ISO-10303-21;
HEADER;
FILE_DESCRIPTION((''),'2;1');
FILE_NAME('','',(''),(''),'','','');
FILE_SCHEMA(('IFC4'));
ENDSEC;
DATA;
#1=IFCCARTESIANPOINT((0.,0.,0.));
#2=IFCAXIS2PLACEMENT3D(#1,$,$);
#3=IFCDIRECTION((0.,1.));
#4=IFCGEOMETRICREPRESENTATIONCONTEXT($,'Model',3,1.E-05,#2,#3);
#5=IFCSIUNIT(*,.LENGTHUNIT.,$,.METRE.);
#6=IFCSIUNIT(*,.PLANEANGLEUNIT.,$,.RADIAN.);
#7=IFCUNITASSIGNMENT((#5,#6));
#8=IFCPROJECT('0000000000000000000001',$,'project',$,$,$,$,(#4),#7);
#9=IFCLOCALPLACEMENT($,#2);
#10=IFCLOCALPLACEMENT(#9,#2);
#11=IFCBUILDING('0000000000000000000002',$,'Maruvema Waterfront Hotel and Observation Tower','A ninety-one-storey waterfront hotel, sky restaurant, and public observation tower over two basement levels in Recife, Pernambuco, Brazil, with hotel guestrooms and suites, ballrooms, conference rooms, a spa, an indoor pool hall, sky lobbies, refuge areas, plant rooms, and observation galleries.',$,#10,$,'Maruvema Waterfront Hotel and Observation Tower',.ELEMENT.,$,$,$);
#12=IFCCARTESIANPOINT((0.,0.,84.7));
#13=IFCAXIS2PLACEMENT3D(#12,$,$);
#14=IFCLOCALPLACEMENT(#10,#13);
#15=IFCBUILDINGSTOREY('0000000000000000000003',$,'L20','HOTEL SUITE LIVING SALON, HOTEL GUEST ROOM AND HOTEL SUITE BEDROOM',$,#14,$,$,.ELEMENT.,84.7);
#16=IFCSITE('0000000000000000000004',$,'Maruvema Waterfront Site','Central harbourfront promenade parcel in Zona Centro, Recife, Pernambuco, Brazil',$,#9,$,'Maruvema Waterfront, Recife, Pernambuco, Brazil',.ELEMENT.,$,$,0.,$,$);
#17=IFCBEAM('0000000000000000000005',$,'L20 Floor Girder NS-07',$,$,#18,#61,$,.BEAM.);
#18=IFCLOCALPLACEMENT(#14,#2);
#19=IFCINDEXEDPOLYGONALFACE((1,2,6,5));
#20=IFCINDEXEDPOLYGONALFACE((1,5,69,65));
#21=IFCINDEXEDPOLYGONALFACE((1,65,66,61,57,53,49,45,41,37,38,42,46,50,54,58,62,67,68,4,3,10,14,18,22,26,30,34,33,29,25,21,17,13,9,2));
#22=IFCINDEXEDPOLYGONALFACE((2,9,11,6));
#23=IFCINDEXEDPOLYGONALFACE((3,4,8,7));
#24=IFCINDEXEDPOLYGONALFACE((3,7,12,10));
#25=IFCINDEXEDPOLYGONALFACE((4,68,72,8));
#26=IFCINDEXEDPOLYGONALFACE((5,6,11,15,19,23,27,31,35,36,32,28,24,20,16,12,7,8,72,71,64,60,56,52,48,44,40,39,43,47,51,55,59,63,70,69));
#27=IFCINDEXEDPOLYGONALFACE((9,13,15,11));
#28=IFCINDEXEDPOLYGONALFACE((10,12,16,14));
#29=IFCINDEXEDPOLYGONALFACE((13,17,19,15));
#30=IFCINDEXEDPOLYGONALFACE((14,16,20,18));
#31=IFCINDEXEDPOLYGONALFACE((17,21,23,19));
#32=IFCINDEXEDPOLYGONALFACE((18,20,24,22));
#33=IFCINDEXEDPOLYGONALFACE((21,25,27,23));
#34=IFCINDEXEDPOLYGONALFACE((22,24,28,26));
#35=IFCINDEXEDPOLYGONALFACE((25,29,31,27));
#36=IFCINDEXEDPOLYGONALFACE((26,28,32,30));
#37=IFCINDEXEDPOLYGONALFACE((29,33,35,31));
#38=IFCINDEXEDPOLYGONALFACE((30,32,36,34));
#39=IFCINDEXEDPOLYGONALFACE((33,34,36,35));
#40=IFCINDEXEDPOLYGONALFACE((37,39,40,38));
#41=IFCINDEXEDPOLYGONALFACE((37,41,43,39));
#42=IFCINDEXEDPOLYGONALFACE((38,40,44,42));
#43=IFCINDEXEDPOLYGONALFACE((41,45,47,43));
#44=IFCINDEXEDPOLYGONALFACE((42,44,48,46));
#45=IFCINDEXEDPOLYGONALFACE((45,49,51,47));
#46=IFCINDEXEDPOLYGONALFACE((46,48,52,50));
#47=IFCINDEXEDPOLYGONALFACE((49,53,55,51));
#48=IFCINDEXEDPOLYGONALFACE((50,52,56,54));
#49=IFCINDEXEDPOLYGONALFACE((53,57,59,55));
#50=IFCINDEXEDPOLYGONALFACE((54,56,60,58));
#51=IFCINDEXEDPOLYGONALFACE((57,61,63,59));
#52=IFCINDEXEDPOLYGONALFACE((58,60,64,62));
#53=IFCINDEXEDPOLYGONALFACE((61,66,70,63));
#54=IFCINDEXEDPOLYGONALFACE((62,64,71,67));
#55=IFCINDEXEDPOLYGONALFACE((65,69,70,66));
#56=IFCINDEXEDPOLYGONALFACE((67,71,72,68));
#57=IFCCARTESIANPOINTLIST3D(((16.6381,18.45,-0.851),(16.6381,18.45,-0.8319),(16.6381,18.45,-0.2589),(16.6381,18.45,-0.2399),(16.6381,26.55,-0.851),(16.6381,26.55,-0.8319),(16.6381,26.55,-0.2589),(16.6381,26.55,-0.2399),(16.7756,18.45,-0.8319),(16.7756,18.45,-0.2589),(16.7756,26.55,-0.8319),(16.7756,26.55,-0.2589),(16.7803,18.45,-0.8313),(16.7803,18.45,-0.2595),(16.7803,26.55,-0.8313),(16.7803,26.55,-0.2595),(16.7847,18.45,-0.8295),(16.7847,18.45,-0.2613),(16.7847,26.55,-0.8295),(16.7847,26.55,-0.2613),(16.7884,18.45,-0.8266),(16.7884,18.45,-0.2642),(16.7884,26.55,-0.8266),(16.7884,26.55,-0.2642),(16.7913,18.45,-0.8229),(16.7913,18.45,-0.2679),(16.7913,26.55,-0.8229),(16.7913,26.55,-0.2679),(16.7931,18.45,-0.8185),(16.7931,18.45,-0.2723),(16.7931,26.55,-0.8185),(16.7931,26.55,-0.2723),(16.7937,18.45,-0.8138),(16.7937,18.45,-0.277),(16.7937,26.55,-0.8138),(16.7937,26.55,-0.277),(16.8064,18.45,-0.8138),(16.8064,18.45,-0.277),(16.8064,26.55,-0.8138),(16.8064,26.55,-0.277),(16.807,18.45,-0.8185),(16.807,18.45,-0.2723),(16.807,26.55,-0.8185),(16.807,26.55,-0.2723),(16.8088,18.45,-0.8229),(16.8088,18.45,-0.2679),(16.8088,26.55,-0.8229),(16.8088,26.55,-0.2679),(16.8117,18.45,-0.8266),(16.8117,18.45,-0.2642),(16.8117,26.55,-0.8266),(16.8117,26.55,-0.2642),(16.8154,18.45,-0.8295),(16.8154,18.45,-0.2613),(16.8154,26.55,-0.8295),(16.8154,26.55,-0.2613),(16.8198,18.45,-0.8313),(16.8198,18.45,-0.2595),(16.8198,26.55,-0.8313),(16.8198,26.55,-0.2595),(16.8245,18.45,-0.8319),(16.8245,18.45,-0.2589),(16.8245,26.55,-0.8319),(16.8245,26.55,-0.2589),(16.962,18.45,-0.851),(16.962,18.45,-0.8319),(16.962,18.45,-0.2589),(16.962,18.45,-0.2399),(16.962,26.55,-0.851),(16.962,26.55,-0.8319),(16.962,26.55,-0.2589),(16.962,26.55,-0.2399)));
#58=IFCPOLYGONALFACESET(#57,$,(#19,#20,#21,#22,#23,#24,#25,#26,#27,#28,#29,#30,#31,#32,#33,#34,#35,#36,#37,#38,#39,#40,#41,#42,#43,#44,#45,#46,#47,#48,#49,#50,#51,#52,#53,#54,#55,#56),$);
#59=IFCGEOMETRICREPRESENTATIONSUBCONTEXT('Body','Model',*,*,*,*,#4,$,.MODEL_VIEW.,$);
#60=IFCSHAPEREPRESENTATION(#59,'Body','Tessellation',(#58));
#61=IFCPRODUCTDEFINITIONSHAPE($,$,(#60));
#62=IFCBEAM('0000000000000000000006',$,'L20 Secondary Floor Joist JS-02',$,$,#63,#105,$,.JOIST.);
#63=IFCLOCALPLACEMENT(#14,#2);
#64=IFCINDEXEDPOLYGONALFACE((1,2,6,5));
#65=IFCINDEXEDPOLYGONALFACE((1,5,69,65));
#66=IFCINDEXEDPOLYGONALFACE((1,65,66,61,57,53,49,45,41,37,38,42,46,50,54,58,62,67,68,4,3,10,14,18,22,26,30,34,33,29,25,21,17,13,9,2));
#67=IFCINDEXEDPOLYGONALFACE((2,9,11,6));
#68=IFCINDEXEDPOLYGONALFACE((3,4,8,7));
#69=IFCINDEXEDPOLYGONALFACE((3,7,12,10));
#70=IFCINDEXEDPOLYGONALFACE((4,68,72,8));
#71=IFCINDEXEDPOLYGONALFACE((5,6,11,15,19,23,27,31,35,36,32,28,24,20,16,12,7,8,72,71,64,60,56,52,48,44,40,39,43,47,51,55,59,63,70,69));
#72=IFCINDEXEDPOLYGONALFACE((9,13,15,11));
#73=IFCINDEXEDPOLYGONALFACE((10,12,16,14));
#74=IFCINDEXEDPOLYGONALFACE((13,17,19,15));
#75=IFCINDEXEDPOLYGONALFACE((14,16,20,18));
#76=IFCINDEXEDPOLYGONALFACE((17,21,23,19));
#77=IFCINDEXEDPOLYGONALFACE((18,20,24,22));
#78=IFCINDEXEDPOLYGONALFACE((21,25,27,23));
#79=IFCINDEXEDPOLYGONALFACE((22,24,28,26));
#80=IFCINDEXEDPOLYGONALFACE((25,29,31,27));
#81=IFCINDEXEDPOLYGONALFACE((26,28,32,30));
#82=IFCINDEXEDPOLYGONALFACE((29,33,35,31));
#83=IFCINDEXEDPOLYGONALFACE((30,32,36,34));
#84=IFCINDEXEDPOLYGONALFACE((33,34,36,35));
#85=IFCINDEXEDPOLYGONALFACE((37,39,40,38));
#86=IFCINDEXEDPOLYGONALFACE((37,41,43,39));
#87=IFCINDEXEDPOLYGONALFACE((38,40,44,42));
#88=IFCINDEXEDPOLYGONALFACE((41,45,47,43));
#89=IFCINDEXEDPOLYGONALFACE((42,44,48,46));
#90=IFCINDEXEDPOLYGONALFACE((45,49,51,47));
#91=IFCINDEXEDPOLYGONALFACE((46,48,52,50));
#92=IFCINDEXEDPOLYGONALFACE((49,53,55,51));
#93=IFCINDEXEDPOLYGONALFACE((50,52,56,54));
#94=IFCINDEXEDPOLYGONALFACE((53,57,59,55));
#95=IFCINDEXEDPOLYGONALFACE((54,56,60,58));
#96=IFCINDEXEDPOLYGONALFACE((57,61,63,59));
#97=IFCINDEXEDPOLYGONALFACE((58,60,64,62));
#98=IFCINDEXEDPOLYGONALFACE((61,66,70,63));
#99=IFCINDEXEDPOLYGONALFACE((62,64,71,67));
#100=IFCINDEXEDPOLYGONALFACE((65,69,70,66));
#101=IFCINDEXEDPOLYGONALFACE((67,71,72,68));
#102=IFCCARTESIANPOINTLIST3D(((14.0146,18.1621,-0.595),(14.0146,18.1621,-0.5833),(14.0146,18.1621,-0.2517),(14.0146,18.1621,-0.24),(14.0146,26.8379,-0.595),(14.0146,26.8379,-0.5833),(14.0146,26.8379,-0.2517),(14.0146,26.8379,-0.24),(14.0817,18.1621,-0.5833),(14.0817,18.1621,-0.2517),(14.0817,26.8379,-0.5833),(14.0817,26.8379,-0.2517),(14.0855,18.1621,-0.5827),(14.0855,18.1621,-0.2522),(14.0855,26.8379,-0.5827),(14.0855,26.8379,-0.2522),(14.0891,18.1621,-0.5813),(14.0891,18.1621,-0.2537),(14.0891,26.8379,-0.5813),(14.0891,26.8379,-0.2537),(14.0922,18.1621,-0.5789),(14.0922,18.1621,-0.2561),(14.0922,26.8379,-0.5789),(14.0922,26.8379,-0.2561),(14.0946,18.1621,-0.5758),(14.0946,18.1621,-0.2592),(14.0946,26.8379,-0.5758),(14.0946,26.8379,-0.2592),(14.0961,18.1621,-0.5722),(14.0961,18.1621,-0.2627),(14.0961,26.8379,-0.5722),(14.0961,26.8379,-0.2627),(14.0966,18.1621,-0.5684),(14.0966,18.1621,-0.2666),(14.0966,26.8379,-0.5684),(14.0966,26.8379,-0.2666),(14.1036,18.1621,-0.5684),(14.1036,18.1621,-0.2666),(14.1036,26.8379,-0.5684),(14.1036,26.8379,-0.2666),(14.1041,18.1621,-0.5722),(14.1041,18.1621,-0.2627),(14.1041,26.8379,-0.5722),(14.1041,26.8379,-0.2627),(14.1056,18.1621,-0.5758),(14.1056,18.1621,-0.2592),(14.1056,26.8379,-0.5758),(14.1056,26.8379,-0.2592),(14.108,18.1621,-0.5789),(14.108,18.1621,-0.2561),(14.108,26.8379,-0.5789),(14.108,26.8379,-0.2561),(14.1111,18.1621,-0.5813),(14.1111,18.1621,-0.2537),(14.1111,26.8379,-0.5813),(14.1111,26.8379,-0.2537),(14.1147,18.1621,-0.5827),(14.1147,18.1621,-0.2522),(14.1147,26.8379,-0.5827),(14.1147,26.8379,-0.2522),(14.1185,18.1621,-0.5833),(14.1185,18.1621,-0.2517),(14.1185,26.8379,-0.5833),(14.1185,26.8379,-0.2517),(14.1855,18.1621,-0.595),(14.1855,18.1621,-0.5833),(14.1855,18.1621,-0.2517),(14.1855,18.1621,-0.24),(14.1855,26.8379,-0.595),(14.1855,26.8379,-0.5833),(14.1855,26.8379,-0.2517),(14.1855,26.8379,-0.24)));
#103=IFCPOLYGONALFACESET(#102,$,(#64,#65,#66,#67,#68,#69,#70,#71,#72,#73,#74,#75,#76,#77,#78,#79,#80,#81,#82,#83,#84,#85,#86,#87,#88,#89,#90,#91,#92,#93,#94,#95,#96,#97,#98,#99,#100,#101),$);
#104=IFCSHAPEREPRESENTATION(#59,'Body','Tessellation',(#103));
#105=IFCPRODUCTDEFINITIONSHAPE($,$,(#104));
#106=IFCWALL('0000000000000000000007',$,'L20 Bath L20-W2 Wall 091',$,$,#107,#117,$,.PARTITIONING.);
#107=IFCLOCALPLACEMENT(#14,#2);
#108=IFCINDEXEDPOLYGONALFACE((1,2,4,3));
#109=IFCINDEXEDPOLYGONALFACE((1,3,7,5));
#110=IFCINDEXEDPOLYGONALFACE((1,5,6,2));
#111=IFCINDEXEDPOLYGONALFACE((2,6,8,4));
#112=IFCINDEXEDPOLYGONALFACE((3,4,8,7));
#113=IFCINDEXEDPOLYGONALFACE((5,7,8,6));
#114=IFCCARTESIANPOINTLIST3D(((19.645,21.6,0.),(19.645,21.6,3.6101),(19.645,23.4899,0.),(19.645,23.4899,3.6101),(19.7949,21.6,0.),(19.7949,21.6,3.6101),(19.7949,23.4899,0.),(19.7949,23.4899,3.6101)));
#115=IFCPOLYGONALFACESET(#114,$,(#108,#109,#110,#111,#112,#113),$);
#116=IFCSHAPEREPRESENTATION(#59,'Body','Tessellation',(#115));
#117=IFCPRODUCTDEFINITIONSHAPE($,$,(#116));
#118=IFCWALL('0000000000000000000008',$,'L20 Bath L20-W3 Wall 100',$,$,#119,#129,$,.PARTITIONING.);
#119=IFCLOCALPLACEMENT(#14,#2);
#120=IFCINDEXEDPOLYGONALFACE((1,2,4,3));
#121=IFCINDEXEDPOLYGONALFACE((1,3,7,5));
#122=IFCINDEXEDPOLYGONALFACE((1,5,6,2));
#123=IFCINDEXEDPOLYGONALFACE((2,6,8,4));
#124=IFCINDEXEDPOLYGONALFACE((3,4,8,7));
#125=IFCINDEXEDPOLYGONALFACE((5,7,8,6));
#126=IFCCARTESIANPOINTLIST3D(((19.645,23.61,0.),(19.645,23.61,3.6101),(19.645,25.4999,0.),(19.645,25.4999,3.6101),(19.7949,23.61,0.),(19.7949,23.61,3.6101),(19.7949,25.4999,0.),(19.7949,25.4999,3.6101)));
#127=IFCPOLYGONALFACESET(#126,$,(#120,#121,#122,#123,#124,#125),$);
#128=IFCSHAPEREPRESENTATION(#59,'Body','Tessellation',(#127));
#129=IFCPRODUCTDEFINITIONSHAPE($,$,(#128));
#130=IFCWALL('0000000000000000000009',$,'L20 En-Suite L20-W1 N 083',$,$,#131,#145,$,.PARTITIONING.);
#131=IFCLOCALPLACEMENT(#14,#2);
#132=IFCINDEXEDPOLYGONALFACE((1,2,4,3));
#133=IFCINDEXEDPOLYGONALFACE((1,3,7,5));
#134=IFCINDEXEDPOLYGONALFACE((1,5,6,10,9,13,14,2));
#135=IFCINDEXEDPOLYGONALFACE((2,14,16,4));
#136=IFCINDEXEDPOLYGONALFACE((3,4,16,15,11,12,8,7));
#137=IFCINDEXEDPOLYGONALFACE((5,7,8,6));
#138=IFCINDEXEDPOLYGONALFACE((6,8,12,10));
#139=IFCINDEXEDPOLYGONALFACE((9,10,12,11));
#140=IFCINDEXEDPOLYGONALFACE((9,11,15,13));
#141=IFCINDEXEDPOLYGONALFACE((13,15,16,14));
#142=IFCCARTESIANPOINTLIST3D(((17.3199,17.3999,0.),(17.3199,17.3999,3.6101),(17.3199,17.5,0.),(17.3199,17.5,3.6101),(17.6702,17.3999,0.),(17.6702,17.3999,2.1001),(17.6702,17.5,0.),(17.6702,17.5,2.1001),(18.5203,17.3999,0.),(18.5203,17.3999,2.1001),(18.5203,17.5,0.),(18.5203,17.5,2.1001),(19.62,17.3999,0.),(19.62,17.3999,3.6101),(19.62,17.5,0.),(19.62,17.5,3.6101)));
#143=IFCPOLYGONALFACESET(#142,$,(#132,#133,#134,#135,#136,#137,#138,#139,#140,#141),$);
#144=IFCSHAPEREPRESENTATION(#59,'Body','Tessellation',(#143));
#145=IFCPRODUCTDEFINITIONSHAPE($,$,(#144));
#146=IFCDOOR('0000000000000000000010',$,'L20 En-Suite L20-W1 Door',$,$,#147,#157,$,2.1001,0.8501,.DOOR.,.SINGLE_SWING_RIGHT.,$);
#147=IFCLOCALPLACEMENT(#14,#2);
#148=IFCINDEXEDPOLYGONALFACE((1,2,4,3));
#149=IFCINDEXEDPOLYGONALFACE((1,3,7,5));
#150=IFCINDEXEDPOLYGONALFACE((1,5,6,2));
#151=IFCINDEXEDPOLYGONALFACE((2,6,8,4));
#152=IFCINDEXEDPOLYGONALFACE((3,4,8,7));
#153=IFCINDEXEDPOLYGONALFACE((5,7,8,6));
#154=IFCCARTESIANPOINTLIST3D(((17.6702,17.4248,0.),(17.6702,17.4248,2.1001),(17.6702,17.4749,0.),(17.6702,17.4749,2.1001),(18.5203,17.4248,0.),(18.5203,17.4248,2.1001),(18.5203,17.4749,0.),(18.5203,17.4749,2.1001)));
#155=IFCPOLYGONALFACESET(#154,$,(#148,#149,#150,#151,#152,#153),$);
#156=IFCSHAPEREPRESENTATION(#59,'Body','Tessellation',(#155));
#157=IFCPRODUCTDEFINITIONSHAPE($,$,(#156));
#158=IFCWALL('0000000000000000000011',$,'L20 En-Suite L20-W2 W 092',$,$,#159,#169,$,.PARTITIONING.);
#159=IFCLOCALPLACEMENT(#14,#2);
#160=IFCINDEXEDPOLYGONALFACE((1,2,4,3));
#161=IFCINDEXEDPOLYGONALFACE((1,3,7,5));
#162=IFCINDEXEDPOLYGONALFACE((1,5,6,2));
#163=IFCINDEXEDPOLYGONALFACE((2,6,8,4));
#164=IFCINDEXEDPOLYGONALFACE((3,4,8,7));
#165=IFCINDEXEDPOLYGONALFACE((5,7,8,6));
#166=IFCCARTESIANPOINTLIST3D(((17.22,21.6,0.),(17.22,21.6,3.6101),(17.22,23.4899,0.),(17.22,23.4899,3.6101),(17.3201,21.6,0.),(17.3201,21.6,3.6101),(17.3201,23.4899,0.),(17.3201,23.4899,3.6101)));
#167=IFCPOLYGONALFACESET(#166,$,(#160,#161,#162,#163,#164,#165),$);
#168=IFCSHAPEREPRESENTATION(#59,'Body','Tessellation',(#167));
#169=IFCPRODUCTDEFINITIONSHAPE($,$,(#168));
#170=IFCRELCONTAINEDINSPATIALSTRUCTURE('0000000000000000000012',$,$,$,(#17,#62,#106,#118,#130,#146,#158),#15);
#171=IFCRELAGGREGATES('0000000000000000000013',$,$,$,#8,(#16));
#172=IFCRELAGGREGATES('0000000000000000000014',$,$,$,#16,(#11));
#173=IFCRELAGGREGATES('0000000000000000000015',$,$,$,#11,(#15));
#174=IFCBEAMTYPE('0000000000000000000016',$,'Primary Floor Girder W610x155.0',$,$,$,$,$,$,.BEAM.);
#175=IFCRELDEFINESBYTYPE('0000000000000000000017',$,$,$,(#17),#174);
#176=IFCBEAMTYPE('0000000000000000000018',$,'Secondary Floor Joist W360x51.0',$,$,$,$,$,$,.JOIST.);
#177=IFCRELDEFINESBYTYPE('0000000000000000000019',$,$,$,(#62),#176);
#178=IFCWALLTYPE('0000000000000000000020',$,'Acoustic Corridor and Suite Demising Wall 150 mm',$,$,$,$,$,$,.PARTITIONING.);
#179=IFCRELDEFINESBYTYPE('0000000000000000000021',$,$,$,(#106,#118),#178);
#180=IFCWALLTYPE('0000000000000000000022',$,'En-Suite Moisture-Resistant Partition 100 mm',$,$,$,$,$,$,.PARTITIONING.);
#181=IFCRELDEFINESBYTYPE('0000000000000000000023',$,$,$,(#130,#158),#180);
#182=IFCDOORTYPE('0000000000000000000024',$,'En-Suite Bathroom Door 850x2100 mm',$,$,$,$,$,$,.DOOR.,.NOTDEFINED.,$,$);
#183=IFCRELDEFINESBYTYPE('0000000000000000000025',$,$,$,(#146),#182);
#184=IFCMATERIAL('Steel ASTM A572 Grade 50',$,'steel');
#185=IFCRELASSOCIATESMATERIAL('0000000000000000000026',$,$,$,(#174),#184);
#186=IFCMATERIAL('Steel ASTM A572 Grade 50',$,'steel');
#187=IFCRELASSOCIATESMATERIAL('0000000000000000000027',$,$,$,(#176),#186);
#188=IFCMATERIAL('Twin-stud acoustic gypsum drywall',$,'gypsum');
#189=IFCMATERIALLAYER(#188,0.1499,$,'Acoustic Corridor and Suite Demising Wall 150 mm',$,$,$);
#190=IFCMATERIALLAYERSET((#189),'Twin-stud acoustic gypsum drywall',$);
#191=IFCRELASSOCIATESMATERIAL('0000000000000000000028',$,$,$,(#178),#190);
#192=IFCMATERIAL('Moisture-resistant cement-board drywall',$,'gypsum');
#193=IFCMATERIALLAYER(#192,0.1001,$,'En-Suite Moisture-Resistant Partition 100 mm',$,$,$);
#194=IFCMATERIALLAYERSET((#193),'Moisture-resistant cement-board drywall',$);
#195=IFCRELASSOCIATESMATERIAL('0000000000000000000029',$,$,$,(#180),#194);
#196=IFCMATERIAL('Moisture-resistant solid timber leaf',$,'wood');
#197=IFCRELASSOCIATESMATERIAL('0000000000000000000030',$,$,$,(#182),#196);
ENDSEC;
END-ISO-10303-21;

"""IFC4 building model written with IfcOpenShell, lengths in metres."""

from ifc_helpers import new_model, si_unit, direction, frame, frame_2d, origin, origin_2d, place, context, subcontext, project, spatial, rectangle, i_section, extrude, material, layer, layer_set, material_profile, profile_set, type_object, element, fill, save


model = new_model("IFC4")

# Units and contexts
model_context = context("Model", 3, precision=1e-05, world=origin(), true_north=direction((0.0, 1.0)))
body_context = subcontext(model_context, "Body", "Model", "MODEL_VIEW")
ifc_project = project(units=[si_unit("LENGTHUNIT", "METRE"), si_unit("PLANEANGLEUNIT", "RADIAN")], contexts=[model_context])

# Site, building, storey
site_placement = place(None, origin())
site = spatial("IfcSite", under=ifc_project, at=site_placement, Name="Maruvema Waterfront Site", Description="Central harbourfront promenade parcel in Zona Centro, Recife, Pernambuco, Brazil", LongName="Maruvema Waterfront, Recife, Pernambuco, Brazil", CompositionType="ELEMENT", RefElevation=0.0)
building_placement = place(site_placement, origin())
building = spatial("IfcBuilding", under=site, at=building_placement, Name="Maruvema Waterfront Hotel and Observation Tower", Description="A ninety-one-storey waterfront hotel, sky restaurant, and public observation tower over two basement levels in Recife, Pernambuco, Brazil, with hotel guestrooms and suites, ballrooms, conference rooms, a spa, an indoor pool hall, sky lobbies, refuge areas, plant rooms, and observation galleries.", LongName="Maruvema Waterfront Hotel and Observation Tower", CompositionType="ELEMENT")
storey_placement = place(building_placement, frame((0.0, 0.0, 84.7)))
storey = spatial("IfcBuildingStorey", under=building, at=storey_placement, Name="L20", Description="HOTEL SUITE LIVING SALON, HOTEL GUEST ROOM AND HOTEL SUITE BEDROOM", CompositionType="ELEMENT", Elevation=84.7)

# Beams
ifc_material_1 = material(Name="Steel ASTM A572 Grade 50", Category="steel")
ifc_material_profile_1 = material_profile(ifc_material_1, i_section(OverallWidth=0.324, OverallDepth=0.6111, WebThickness=0.0127, FlangeThickness=0.019, FilletRadius=0.0181, at=origin_2d()), Name="W610x155.0")
ifc_profile_set_1 = profile_set([ifc_material_profile_1], Name="Steel ASTM A572 Grade 50")
beam_type_1 = type_object("IfcBeamType", Name="Primary Floor Girder W610x155.0", PredefinedType="BEAM", material=ifc_profile_set_1)
beam_1_placement = place(storey_placement, frame((16.8, 18.45, -0.5454), z_axis=(0.0, 1.0, 0.0), x_axis=(-1.0, 0.0, 0.0)))
element("IfcBeam", 1, at=beam_1_placement, inside=storey, type_object=beam_type_1, Name="L20 Floor Girder NS-07", PredefinedType="BEAM", context=body_context, shape_type="SweptSolid", body=[
    extrude(i_section(OverallWidth=0.324, OverallDepth=0.6111, WebThickness=0.0127, FlangeThickness=0.019, FilletRadius=0.0181, at=origin_2d()), origin(), (0.0, 0.0, 1.0), 8.1001),
])
ifc_material_2 = material(Name="Steel ASTM A572 Grade 50", Category="steel")
ifc_material_profile_2 = material_profile(ifc_material_2, i_section(OverallWidth=0.1709, OverallDepth=0.355, WebThickness=0.0071, FlangeThickness=0.0117, FilletRadius=0.0149, at=origin_2d()), Name="W360x51.0")
ifc_profile_set_2 = profile_set([ifc_material_profile_2], Name="Steel ASTM A572 Grade 50")
beam_type_2 = type_object("IfcBeamType", Name="Secondary Floor Joist W360x51.0", PredefinedType="JOIST", material=ifc_profile_set_2)
beam_2_placement = place(storey_placement, frame((14.1001, 18.1621, -0.4175), z_axis=(0.0, 1.0, 0.0), x_axis=(-1.0, 0.0, 0.0)))
element("IfcBeam", 2, at=beam_2_placement, inside=storey, type_object=beam_type_2, Name="L20 Secondary Floor Joist JS-02", PredefinedType="JOIST", context=body_context, shape_type="SweptSolid", body=[
    extrude(i_section(OverallWidth=0.1709, OverallDepth=0.355, WebThickness=0.0071, FlangeThickness=0.0117, FilletRadius=0.0149, at=origin_2d()), origin(), (0.0, 0.0, 1.0), 8.6758),
])

# Shared definitions
ifc_material_3 = material(Name="Twin-stud acoustic gypsum drywall", Category="gypsum")
ifc_layer_1 = layer(ifc_material_3, 0.1499, Name="Acoustic Corridor and Suite Demising Wall 150 mm")
ifc_layer_set_1 = layer_set([ifc_layer_1], Name="Twin-stud acoustic gypsum drywall")
wall_type_1 = type_object("IfcWallType", Name="Acoustic Corridor and Suite Demising Wall 150 mm", PredefinedType="PARTITIONING", material=ifc_layer_set_1)

# Walls
for number, where, z_axis, x_axis, name in (
    (3, (19.72, 21.6001, 0.0), (0.0, 0.0, 1.0), (0.0, 1.0, 0.0), "L20 Bath L20-W2 Wall 091"),
    (4, (19.72, 23.6101, 0.0), (0.0, 0.0, 1.0), (0.0, 1.0, 0.0), "L20 Bath L20-W3 Wall 100"),
):
    element("IfcWall", number, at=place(storey_placement, frame(where, z_axis=z_axis, x_axis=x_axis)), inside=storey, type_object=wall_type_1, Name=name, PredefinedType="PARTITIONING", context=body_context, shape_type="SweptSolid", body=[
        extrude(rectangle(XDim=1.8899, YDim=0.1499, at=frame_2d((0.9448, 0.0))), origin(), (0.0, 0.0, 1.0), 3.6101),
    ])

# Wall, opening, door
ifc_material_4 = material(Name="Moisture-resistant cement-board drywall", Category="gypsum")
ifc_layer_2 = layer(ifc_material_4, 0.1001, Name="En-Suite Moisture-Resistant Partition 100 mm")
ifc_layer_set_2 = layer_set([ifc_layer_2], Name="Moisture-resistant cement-board drywall")
wall_type_2 = type_object("IfcWallType", Name="En-Suite Moisture-Resistant Partition 100 mm", PredefinedType="PARTITIONING", material=ifc_layer_set_2)
wall_1_placement = place(storey_placement, frame((17.3201, 17.45, 0.0), z_axis=(0.0, 0.0, 1.0), x_axis=(1.0, 0.0, 0.0)))
wall_1 = element("IfcWall", 5, at=wall_1_placement, inside=storey, type_object=wall_type_2, Name="L20 En-Suite L20-W1 N 083", PredefinedType="PARTITIONING", context=body_context, shape_type="SweptSolid", body=[
    extrude(rectangle(XDim=2.3, YDim=0.1001, at=frame_2d((1.1499, 0.0))), origin(), (0.0, 0.0, 1.0), 3.6101),
])
opening_1_placement = place(wall_1_placement, frame((0.3501, 0.0, 0.0)))
opening_1 = element("IfcOpeningElement", 6, at=opening_1_placement, cuts=wall_1, PredefinedType="OPENING", context=body_context, shape_type="SweptSolid", body=[
    extrude(rectangle(XDim=0.8501, YDim=2.1001, at=frame_2d((0.425, 1.05))), frame((0.0, 0.0601, 0.0), z_axis=(0.0, -1.0, 0.0), x_axis=(1.0, 0.0, 0.0)), (0.0, 0.0, 1.0), 0.1201),
])
ifc_material_5 = material(Name="Moisture-resistant solid timber leaf", Category="wood")
door_type_1 = type_object("IfcDoorType", Name="En-Suite Bathroom Door 850x2100 mm", OperationType="NOTDEFINED", PredefinedType="DOOR", material=ifc_material_5)
door_1_placement = place(opening_1_placement, origin())
door_1 = element("IfcDoor", 7, at=door_1_placement, inside=storey, type_object=door_type_1, Name="L20 En-Suite L20-W1 Door", OperationType="SINGLE_SWING_RIGHT", OverallHeight=2.1001, OverallWidth=0.8501, PredefinedType="DOOR", context=body_context, shape_type="SweptSolid", body=[
    extrude(rectangle(XDim=0.8501, YDim=2.1001, at=frame_2d((0.425, 1.05))), frame((0.0, 0.0249, 0.0), z_axis=(0.0, -1.0, 0.0), x_axis=(1.0, 0.0, 0.0)), (0.0, 0.0, 1.0), 0.05),
])
fill(opening_1, door_1)

# Wall
wall_2_placement = place(storey_placement, frame((17.27, 21.6001, 0.0), z_axis=(0.0, 0.0, 1.0), x_axis=(0.0, 1.0, 0.0)))
element("IfcWall", 8, at=wall_2_placement, inside=storey, type_object=wall_type_2, Name="L20 En-Suite L20-W2 W 092", PredefinedType="PARTITIONING", context=body_context, shape_type="SweptSolid", body=[
    extrude(rectangle(XDim=1.8899, YDim=0.1001, at=frame_2d((0.9448, 0.0))), origin(), (0.0, 0.0, 1.0), 3.6101),
])

save(model, "model.ifc")
